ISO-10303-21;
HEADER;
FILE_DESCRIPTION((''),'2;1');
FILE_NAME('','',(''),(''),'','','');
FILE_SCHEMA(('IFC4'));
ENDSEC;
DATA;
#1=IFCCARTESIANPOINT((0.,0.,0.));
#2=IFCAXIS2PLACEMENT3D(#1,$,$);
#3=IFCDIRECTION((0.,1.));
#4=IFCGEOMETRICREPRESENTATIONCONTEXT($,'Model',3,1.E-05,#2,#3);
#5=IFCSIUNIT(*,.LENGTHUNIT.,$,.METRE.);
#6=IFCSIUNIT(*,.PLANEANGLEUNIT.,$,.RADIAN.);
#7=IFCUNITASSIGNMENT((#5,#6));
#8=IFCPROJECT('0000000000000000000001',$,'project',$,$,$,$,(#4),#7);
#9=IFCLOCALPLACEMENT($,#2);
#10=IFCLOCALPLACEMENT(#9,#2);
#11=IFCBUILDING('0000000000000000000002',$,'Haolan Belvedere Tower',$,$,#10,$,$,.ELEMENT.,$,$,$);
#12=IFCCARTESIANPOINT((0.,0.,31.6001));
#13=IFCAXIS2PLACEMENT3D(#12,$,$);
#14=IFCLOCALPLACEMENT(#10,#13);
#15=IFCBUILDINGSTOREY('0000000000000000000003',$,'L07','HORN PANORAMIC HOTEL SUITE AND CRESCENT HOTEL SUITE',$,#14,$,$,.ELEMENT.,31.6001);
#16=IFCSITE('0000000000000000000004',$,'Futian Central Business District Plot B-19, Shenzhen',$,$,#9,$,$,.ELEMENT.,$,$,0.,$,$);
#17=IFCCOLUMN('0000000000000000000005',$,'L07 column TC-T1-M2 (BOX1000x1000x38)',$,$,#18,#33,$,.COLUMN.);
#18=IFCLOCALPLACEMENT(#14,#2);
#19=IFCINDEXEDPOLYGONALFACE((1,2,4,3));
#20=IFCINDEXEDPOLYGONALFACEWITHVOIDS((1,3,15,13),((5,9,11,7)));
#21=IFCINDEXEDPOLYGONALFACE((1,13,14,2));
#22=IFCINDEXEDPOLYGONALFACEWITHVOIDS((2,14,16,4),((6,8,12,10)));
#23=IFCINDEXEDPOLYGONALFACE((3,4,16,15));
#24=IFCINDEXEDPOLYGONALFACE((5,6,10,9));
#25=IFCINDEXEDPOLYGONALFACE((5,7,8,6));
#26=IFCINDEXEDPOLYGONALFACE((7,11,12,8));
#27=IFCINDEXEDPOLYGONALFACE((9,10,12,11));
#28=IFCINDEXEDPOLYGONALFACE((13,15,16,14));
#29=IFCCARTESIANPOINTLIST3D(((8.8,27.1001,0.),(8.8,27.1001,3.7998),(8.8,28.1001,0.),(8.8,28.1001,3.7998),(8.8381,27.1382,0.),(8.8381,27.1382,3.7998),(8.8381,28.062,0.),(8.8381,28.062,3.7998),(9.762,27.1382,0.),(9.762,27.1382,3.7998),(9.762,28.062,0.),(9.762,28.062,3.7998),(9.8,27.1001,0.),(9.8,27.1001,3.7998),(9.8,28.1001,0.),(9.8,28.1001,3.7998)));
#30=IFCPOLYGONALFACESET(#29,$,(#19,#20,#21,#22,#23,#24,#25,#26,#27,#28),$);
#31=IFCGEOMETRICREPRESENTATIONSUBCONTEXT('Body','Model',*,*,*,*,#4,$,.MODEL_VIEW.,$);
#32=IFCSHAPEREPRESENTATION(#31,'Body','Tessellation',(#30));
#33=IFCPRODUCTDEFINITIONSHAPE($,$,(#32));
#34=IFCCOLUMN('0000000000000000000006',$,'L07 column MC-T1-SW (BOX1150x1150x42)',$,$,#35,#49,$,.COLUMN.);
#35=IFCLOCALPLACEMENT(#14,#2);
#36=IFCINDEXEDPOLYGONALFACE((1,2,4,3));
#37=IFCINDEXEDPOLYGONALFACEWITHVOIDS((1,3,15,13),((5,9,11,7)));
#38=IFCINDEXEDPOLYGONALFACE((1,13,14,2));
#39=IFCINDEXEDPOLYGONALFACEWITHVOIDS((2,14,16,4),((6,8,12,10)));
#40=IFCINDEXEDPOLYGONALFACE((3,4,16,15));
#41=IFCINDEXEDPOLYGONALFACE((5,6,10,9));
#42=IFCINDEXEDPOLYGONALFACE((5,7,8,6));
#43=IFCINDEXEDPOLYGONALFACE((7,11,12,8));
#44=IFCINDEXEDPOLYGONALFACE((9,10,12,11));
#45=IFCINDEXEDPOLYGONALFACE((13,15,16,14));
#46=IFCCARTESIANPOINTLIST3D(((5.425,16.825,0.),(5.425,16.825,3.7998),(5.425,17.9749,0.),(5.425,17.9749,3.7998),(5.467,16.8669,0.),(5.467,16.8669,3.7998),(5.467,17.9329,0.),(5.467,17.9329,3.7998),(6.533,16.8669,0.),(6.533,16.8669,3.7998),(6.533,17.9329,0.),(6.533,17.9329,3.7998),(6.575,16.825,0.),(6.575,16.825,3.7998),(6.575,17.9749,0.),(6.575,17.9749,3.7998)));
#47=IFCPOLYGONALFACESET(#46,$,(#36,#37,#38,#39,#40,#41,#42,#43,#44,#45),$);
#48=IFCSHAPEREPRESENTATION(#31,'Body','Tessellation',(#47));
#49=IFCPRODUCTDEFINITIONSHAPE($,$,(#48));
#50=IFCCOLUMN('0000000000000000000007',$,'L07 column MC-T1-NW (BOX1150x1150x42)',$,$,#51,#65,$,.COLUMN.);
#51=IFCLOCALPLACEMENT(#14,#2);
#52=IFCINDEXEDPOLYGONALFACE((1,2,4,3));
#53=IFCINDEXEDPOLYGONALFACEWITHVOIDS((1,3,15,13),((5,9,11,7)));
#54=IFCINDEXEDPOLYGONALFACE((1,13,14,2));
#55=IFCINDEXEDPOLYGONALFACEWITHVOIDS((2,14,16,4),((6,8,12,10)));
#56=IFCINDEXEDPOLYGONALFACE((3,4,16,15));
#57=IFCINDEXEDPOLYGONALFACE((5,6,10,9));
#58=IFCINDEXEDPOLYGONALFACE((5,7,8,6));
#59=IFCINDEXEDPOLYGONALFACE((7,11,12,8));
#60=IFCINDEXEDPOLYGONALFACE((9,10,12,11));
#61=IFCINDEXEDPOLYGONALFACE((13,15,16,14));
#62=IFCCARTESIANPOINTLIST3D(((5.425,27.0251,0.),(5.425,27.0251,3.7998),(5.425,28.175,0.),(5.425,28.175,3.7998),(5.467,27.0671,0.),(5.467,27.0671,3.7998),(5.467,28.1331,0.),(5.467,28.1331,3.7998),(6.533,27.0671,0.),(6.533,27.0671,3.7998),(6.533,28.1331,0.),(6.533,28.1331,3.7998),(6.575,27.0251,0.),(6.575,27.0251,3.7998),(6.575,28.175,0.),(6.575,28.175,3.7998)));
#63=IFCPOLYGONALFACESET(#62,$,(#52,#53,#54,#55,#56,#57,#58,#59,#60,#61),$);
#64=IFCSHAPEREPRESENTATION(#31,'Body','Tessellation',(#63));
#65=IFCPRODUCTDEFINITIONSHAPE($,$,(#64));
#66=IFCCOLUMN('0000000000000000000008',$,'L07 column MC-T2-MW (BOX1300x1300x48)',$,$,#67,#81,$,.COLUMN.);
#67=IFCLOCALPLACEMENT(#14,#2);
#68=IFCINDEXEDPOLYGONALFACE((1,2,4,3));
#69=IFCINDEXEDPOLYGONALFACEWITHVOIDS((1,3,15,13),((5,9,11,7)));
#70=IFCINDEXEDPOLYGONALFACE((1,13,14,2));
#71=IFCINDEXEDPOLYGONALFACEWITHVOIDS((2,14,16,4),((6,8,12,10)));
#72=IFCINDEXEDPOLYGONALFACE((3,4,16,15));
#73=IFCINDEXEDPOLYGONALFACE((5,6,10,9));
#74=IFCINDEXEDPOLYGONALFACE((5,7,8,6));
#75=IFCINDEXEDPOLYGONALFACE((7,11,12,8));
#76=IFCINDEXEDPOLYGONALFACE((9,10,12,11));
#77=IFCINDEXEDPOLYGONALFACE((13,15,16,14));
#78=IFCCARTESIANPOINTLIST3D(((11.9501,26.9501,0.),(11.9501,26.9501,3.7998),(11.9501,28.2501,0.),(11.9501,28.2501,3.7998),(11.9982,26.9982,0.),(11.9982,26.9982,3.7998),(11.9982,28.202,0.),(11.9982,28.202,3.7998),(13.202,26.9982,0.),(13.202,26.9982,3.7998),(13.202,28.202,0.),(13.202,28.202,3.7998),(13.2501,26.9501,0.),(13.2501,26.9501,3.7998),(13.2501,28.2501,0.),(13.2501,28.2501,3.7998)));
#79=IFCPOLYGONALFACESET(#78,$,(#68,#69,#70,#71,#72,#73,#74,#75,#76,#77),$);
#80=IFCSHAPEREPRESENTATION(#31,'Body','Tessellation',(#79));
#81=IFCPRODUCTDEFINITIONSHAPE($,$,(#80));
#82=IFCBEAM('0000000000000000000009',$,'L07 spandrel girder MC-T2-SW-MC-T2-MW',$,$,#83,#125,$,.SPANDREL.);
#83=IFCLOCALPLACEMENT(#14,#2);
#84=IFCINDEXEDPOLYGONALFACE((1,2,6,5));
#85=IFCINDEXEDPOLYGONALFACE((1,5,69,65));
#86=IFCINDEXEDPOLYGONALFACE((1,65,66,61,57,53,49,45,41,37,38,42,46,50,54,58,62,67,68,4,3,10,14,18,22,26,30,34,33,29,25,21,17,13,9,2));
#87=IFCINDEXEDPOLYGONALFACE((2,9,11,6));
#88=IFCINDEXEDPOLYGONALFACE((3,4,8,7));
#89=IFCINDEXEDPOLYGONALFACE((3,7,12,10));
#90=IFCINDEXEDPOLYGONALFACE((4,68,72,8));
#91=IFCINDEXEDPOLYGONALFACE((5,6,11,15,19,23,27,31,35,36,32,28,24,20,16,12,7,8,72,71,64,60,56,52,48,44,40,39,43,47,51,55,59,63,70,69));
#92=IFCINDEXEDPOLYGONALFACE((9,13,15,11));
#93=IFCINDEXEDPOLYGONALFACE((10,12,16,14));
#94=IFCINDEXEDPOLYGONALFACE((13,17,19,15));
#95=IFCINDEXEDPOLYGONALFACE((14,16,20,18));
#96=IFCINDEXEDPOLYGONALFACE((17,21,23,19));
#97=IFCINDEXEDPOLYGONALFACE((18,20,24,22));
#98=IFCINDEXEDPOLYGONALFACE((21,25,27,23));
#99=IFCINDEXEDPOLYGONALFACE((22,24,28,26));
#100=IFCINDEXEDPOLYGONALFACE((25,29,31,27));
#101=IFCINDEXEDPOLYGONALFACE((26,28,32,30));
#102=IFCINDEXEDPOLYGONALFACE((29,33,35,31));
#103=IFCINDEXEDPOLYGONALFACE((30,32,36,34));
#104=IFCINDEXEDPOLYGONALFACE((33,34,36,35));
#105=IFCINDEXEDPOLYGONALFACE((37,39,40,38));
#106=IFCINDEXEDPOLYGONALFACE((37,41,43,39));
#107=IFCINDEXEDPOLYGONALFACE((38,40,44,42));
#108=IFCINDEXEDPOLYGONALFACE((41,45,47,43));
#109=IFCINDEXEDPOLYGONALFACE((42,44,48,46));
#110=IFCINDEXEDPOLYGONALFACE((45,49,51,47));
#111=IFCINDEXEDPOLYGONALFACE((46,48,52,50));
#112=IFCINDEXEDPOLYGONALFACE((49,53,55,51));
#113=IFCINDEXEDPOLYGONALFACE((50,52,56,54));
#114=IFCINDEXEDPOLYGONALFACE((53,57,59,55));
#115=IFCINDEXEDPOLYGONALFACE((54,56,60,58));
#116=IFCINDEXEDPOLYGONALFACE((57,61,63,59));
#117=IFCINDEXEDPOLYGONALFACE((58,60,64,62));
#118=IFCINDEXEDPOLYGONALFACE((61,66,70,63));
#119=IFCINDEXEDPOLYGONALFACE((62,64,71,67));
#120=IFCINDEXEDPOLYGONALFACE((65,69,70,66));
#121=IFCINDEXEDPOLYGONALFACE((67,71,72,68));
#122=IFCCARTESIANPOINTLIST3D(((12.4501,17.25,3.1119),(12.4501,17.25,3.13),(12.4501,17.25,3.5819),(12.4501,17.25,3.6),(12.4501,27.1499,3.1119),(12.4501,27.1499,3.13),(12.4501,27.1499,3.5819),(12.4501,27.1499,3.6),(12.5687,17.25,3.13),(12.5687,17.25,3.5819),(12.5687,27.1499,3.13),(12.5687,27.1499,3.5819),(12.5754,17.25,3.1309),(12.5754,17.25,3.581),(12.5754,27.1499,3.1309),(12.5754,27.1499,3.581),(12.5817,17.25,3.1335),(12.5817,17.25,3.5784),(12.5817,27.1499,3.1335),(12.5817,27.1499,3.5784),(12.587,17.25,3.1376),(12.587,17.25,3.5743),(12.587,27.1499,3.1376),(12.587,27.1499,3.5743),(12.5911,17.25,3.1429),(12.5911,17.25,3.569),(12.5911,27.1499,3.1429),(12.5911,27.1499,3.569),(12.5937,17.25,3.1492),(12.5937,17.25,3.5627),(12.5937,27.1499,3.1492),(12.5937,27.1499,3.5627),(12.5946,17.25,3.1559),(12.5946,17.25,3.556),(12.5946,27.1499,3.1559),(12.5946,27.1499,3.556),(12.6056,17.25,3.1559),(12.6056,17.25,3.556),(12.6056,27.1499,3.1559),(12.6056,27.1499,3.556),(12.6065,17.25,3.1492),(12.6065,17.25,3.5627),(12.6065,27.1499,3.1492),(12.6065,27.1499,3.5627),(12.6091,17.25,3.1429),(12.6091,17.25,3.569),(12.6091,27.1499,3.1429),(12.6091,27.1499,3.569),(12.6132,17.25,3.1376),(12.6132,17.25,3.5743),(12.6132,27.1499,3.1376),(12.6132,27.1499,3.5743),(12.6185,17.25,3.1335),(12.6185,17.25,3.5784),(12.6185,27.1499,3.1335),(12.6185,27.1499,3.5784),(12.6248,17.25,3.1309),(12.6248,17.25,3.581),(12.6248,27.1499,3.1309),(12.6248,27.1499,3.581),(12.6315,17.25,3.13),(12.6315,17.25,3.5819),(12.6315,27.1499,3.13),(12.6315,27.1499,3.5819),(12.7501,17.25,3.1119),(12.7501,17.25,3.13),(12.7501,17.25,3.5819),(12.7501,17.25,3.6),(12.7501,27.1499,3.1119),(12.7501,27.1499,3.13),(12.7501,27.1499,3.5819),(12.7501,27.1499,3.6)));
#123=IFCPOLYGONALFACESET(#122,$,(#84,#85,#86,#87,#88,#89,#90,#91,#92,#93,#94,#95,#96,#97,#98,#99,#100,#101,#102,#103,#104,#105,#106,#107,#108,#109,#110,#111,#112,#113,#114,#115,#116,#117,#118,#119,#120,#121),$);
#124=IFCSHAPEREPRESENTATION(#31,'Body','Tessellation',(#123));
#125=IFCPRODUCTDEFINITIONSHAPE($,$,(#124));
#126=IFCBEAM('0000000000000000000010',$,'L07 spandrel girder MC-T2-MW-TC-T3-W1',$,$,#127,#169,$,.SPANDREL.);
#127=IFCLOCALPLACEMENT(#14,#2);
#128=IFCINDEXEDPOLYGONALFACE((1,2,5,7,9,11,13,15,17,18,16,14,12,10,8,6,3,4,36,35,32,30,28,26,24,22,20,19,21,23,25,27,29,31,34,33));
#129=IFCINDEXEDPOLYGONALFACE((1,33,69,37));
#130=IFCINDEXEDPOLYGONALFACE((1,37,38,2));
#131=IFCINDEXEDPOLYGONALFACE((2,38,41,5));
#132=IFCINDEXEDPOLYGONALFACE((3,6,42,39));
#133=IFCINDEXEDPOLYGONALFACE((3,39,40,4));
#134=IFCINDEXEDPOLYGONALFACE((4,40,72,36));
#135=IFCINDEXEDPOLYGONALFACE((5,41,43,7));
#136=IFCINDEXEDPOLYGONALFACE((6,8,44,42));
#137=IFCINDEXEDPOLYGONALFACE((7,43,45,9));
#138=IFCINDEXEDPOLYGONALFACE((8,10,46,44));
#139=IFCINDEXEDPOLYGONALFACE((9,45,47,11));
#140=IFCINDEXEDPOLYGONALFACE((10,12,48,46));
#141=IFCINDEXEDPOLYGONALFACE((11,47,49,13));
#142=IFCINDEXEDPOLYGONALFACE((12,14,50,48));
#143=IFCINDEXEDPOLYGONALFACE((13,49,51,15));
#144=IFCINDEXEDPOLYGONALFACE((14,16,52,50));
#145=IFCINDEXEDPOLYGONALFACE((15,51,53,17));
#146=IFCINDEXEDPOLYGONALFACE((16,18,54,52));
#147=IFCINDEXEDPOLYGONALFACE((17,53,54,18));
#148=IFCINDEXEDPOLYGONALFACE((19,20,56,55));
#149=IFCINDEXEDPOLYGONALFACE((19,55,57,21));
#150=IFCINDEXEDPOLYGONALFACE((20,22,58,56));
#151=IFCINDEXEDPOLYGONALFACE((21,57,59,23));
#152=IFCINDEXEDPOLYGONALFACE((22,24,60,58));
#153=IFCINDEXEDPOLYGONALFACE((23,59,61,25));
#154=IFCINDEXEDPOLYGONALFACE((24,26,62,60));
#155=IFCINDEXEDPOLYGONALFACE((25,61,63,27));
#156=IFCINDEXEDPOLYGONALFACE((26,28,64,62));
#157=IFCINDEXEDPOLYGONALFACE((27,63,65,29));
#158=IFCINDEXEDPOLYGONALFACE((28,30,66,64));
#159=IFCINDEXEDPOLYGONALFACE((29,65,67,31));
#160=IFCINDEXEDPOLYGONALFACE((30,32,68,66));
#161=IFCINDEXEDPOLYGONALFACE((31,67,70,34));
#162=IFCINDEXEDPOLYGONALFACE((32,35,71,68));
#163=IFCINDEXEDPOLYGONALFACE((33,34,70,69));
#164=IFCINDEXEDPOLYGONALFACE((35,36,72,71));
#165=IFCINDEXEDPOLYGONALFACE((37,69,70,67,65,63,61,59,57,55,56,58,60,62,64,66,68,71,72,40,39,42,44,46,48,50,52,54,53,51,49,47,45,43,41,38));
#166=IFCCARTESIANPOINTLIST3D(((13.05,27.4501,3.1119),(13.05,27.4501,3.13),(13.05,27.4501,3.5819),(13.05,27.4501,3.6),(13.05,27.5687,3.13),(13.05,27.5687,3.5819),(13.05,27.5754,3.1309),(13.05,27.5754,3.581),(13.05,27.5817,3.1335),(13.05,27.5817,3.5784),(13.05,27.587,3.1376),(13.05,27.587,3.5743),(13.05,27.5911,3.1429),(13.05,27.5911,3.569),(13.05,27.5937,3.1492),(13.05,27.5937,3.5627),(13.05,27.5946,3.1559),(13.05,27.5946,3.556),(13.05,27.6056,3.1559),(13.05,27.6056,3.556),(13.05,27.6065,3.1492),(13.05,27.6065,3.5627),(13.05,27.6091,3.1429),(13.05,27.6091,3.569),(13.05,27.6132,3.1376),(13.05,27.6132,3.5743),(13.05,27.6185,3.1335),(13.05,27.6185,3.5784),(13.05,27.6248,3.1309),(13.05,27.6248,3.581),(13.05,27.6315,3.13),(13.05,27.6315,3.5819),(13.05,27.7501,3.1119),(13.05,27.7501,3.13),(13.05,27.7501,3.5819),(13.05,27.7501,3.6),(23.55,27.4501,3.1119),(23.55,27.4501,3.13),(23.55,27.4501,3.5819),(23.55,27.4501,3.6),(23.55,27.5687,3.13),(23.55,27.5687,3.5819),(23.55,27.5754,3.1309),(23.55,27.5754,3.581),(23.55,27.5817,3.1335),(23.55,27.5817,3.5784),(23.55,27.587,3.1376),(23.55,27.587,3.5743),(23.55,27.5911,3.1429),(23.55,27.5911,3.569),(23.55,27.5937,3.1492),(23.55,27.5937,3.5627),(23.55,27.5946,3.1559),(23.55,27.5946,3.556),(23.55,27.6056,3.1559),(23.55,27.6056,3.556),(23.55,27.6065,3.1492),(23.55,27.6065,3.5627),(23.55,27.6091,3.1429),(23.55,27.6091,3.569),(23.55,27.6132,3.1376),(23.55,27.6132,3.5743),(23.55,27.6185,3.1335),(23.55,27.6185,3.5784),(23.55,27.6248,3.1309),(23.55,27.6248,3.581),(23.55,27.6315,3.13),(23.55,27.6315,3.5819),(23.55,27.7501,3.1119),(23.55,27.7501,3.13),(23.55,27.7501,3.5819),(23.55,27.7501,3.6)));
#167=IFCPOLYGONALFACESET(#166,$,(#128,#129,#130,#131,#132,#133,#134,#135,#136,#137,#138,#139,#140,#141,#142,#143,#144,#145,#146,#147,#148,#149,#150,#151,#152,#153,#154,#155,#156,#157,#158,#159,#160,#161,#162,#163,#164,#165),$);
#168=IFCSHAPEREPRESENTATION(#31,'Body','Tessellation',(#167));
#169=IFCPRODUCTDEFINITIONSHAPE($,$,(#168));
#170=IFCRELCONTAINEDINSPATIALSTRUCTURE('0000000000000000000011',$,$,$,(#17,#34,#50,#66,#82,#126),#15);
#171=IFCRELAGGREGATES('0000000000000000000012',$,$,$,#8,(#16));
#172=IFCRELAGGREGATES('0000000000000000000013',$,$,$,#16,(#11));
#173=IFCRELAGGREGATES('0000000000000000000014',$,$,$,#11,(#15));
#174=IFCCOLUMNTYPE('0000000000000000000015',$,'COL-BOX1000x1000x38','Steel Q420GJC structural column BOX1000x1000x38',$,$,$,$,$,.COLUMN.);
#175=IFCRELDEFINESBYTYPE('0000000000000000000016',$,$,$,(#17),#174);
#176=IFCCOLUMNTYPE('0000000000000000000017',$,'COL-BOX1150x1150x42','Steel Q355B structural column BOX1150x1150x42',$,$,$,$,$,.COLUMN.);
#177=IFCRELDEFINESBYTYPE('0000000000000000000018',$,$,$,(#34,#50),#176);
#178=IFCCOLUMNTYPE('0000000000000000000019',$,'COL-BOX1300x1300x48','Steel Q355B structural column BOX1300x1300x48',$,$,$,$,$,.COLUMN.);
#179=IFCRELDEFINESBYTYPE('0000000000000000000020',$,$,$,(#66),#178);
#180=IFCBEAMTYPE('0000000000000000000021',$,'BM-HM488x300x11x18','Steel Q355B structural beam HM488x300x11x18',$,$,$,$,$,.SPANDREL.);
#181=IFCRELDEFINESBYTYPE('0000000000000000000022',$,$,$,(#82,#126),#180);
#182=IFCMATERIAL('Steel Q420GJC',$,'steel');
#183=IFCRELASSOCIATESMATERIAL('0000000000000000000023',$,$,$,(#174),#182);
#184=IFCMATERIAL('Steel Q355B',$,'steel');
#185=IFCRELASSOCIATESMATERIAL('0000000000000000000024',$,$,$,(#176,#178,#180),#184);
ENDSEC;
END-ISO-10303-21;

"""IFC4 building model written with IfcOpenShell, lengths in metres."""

from ifc_helpers import new_model, si_unit, direction, frame, origin, origin_2d, place, context, subcontext, project, spatial, hollow_rectangle, i_section, extrude, material, material_profile, profile_set, type_object, element, save


model = new_model("IFC4")

# Units and contexts
model_context = context("Model", 3, precision=1e-05, world=origin(), true_north=direction((0.0, 1.0)))
body_context = subcontext(model_context, "Body", "Model", "MODEL_VIEW")
ifc_project = project(units=[si_unit("LENGTHUNIT", "METRE"), si_unit("PLANEANGLEUNIT", "RADIAN")], contexts=[model_context])

# Site, building, storey
site_placement = place(None, origin())
site = spatial("IfcSite", under=ifc_project, at=site_placement, Name="Futian Central Business District Plot B-19, Shenzhen", CompositionType="ELEMENT", RefElevation=0.0)
building_placement = place(site_placement, origin())
building = spatial("IfcBuilding", under=site, at=building_placement, Name="Haolan Belvedere Tower", CompositionType="ELEMENT")
storey_placement = place(building_placement, frame((0.0, 0.0, 31.6001)))
storey = spatial("IfcBuildingStorey", under=building, at=storey_placement, Name="L07", Description="HORN PANORAMIC HOTEL SUITE AND CRESCENT HOTEL SUITE", CompositionType="ELEMENT", Elevation=31.6001)

# Columns
ifc_material_1 = material(Name="Steel Q420GJC", Category="steel")
ifc_material_profile_1 = material_profile(ifc_material_1, hollow_rectangle(XDim=1.0, YDim=1.0, WallThickness=0.0381, at=origin_2d()), Name="Steel Q420GJC")
ifc_profile_set_1 = profile_set([ifc_material_profile_1], Name="Steel Q420GJC")
column_type_1 = type_object("IfcColumnType", Name="COL-BOX1000x1000x38", Description="Steel Q420GJC structural column BOX1000x1000x38", PredefinedType="COLUMN", material=ifc_profile_set_1)
column_1_placement = place(storey_placement, frame((9.3, 27.6001, 0.0), z_axis=(0.0, 0.0, 1.0), x_axis=(1.0, 0.0, 0.0)))
element("IfcColumn", 1, at=column_1_placement, inside=storey, type_object=column_type_1, Name="L07 column TC-T1-M2 (BOX1000x1000x38)", PredefinedType="COLUMN", context=body_context, shape_type="SweptSolid", body=[
    extrude(hollow_rectangle(XDim=1.0, YDim=1.0, WallThickness=0.0381, at=origin_2d()), origin(), (0.0, 0.0, 1.0), 3.7998),
])
ifc_material_2 = material(Name="Steel Q355B", Category="steel")
ifc_material_profile_2 = material_profile(ifc_material_2, hollow_rectangle(XDim=1.1499, YDim=1.1499, WallThickness=0.042, at=origin_2d()), Name="Steel Q355B")
ifc_profile_set_2 = profile_set([ifc_material_profile_2], Name="Steel Q355B")
column_type_2 = type_object("IfcColumnType", Name="COL-BOX1150x1150x42", Description="Steel Q355B structural column BOX1150x1150x42", PredefinedType="COLUMN", material=ifc_profile_set_2)
for number, where, z_axis, x_axis, name in (
    (2, (6.0, 17.3999, 0.0), (0.0, 0.0, 1.0), (1.0, 0.0, 0.0), "L07 column MC-T1-SW (BOX1150x1150x42)"),
    (3, (6.0, 27.6001, 0.0), (0.0, 0.0, 1.0), (1.0, 0.0, 0.0), "L07 column MC-T1-NW (BOX1150x1150x42)"),
):
    element("IfcColumn", number, at=place(storey_placement, frame(where, z_axis=z_axis, x_axis=x_axis)), inside=storey, type_object=column_type_2, Name=name, PredefinedType="COLUMN", context=body_context, shape_type="SweptSolid", body=[
        extrude(hollow_rectangle(XDim=1.1499, YDim=1.1499, WallThickness=0.042, at=origin_2d()), origin(), (0.0, 0.0, 1.0), 3.7998),
    ])
ifc_material_profile_3 = material_profile(ifc_material_2, hollow_rectangle(XDim=1.3, YDim=1.3, WallThickness=0.0481, at=origin_2d()), Name="Steel Q355B")
ifc_profile_set_3 = profile_set([ifc_material_profile_3], Name="Steel Q355B")
column_type_3 = type_object("IfcColumnType", Name="COL-BOX1300x1300x48", Description="Steel Q355B structural column BOX1300x1300x48", PredefinedType="COLUMN", material=ifc_profile_set_3)
column_2_placement = place(storey_placement, frame((12.6001, 27.6001, 0.0), z_axis=(0.0, 0.0, 1.0), x_axis=(1.0, 0.0, 0.0)))
element("IfcColumn", 4, at=column_2_placement, inside=storey, type_object=column_type_3, Name="L07 column MC-T2-MW (BOX1300x1300x48)", PredefinedType="COLUMN", context=body_context, shape_type="SweptSolid", body=[
    extrude(hollow_rectangle(XDim=1.3, YDim=1.3, WallThickness=0.0481, at=origin_2d()), origin(), (0.0, 0.0, 1.0), 3.7998),
])

# Beams
ifc_material_profile_4 = material_profile(ifc_material_2, i_section(OverallWidth=0.3, OverallDepth=0.488, WebThickness=0.011, FlangeThickness=0.0181, FilletRadius=0.0259, at=origin_2d()), Name="Steel Q355B")
ifc_profile_set_4 = profile_set([ifc_material_profile_4], Name="Steel Q355B")
beam_type_1 = type_object("IfcBeamType", Name="BM-HM488x300x11x18", Description="Steel Q355B structural beam HM488x300x11x18", PredefinedType="SPANDREL", material=ifc_profile_set_4)
beam_1_placement = place(storey_placement, frame((12.6001, 17.25, 3.356), z_axis=(0.0, 1.0, 0.0), x_axis=(-1.0, 0.0, 0.0)))
element("IfcBeam", 5, at=beam_1_placement, inside=storey, type_object=beam_type_1, Name="L07 spandrel girder MC-T2-SW-MC-T2-MW", PredefinedType="SPANDREL", context=body_context, shape_type="SweptSolid", body=[
    extrude(i_section(OverallWidth=0.3, OverallDepth=0.488, WebThickness=0.011, FlangeThickness=0.0181, FilletRadius=0.0259, at=origin_2d()), origin(), (0.0, 0.0, 1.0), 9.8999),
])
beam_2_placement = place(storey_placement, frame((13.05, 27.6001, 3.356), z_axis=(1.0, 0.0, 0.0), x_axis=(0.0, 1.0, 0.0)))
element("IfcBeam", 6, at=beam_2_placement, inside=storey, type_object=beam_type_1, Name="L07 spandrel girder MC-T2-MW-TC-T3-W1", PredefinedType="SPANDREL", context=body_context, shape_type="SweptSolid", body=[
    extrude(i_section(OverallWidth=0.3, OverallDepth=0.488, WebThickness=0.011, FlangeThickness=0.0181, FilletRadius=0.0259, at=origin_2d()), origin(), (0.0, 0.0, 1.0), 10.5),
])

save(model, "model.ifc")
